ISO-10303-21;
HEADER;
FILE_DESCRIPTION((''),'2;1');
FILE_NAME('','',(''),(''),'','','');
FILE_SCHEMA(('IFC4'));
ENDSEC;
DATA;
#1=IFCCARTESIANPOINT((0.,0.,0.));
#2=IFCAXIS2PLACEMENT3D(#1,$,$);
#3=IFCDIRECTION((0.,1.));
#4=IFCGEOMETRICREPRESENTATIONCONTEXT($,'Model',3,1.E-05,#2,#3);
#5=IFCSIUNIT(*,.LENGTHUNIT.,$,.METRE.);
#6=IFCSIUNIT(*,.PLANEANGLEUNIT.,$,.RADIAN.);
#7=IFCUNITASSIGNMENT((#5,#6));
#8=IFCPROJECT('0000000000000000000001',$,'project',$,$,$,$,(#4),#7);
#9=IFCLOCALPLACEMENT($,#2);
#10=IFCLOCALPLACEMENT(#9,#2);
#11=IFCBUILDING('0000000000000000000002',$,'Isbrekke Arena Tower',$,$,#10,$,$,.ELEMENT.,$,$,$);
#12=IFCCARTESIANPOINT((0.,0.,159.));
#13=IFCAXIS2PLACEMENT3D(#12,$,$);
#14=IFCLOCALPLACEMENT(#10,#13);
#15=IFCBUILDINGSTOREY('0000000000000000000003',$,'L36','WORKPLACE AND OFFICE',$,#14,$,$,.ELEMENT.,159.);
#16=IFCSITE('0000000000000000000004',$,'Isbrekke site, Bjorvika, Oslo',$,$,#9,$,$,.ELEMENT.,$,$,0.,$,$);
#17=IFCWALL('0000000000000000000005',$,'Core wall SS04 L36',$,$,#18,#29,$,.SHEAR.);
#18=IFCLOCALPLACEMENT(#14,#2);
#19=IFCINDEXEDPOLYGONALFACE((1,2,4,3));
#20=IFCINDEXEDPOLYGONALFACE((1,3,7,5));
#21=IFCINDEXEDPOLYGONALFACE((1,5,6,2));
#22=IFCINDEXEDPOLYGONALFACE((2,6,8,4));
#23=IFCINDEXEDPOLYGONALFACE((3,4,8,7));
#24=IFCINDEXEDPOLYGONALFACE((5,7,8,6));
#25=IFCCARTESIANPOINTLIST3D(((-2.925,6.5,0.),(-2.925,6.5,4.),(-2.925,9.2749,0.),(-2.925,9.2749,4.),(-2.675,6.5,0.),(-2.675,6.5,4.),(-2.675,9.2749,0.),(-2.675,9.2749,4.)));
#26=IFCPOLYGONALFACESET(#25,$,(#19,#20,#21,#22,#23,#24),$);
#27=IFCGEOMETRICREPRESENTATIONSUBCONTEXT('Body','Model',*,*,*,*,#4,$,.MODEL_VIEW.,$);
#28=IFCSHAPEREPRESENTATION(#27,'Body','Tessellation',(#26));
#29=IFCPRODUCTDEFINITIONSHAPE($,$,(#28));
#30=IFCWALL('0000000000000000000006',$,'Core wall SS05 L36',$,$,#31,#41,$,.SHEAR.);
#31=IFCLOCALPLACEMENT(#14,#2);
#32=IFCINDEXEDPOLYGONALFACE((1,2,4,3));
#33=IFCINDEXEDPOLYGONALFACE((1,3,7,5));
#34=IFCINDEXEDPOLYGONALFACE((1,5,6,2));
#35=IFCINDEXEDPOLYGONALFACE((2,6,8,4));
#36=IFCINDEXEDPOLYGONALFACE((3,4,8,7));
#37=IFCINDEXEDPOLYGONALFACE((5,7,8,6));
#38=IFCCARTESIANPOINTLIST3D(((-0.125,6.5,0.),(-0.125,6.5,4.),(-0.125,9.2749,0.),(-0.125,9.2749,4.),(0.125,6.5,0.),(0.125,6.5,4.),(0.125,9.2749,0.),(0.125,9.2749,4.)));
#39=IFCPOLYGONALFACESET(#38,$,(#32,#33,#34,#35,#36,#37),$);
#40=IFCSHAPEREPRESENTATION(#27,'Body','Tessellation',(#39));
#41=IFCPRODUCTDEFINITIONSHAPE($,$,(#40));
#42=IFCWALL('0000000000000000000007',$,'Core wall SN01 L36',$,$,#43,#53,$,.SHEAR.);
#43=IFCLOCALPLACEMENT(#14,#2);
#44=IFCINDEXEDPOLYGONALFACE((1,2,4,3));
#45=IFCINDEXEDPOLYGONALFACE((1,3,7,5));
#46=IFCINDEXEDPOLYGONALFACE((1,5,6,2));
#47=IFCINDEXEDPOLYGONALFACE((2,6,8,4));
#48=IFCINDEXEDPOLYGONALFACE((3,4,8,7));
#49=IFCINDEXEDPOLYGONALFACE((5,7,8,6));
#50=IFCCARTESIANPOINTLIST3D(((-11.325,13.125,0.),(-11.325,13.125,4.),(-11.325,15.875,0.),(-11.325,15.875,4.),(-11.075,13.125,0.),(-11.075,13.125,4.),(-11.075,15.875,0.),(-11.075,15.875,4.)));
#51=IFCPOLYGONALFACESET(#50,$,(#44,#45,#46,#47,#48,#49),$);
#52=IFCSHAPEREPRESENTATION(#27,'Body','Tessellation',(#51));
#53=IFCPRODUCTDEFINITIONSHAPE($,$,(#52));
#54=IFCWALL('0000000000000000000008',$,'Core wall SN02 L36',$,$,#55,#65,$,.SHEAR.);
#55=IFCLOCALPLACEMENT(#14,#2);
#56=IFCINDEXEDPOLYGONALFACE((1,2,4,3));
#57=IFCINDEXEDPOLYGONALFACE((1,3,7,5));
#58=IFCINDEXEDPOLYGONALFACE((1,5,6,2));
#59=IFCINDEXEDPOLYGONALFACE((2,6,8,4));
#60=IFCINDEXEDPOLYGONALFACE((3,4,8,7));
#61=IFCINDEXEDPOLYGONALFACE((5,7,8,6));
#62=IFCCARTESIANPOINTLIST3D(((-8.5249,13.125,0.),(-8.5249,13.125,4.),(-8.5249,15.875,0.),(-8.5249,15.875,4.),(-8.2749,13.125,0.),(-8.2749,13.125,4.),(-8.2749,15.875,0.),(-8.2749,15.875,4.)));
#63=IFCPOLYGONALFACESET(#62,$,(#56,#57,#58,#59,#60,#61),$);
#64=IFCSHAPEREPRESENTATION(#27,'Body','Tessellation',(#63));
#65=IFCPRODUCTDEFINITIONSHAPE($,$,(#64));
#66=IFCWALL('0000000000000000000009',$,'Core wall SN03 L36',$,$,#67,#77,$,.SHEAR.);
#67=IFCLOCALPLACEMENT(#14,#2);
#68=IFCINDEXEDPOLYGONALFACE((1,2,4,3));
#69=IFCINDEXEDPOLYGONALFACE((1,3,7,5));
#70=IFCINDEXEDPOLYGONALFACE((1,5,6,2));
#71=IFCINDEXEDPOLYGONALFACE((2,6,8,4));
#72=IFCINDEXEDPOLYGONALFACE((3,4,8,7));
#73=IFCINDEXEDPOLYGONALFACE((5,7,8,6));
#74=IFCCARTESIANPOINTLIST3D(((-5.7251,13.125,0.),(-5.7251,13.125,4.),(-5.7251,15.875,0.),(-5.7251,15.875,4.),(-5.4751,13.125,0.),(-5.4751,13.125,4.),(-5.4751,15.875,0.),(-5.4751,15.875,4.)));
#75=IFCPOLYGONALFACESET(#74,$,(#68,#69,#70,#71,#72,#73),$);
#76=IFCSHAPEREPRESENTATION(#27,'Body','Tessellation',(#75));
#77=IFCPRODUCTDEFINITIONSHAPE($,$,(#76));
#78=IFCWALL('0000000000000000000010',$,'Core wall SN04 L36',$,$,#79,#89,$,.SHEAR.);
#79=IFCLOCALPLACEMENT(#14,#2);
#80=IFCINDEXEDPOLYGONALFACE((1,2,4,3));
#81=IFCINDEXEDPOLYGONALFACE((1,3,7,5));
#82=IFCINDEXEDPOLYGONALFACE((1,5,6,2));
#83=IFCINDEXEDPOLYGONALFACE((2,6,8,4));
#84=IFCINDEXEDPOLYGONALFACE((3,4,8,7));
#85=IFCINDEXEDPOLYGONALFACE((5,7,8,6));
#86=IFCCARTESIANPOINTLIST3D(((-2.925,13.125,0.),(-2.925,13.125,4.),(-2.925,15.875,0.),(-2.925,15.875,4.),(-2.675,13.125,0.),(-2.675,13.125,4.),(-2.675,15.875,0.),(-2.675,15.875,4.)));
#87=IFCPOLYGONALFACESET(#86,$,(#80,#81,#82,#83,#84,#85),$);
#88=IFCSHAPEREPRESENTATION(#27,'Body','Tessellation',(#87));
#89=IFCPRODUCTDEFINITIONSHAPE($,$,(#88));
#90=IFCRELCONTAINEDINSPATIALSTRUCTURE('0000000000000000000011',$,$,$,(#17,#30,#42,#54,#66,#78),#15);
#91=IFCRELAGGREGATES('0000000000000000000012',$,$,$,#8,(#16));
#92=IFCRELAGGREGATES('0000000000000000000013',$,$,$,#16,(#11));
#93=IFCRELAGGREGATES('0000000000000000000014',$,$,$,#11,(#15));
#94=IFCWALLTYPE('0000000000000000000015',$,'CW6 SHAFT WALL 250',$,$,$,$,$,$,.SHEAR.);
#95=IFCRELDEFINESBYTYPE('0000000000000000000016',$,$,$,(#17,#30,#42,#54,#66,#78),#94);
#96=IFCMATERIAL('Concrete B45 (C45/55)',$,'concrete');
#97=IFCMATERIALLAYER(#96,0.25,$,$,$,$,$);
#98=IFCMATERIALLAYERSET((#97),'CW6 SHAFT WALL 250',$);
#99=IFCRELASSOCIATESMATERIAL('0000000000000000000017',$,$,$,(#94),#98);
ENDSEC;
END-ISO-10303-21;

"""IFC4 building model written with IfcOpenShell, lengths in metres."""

from ifc_helpers import new_model, si_unit, direction, frame, frame_2d, origin, place, context, subcontext, project, spatial, rectangle, extrude, material, layer, layer_set, type_object, element, save


model = new_model("IFC4")

# Units and contexts
model_context = context("Model", 3, precision=1e-05, world=origin(), true_north=direction((0.0, 1.0)))
body_context = subcontext(model_context, "Body", "Model", "MODEL_VIEW")
ifc_project = project(units=[si_unit("LENGTHUNIT", "METRE"), si_unit("PLANEANGLEUNIT", "RADIAN")], contexts=[model_context])

# Site, building, storey
site_placement = place(None, origin())
site = spatial("IfcSite", under=ifc_project, at=site_placement, Name="Isbrekke site, Bjorvika, Oslo", CompositionType="ELEMENT", RefElevation=0.0)
building_placement = place(site_placement, origin())
building = spatial("IfcBuilding", under=site, at=building_placement, Name="Isbrekke Arena Tower", CompositionType="ELEMENT")
storey_placement = place(building_placement, frame((0.0, 0.0, 159.0)))
storey = spatial("IfcBuildingStorey", under=building, at=storey_placement, Name="L36", Description="WORKPLACE AND OFFICE", CompositionType="ELEMENT", Elevation=159.0)

# Shared definitions
ifc_material_1 = material(Name="Concrete B45 (C45/55)", Category="concrete")
ifc_layer_1 = layer(ifc_material_1, 0.25)
ifc_layer_set_1 = layer_set([ifc_layer_1], Name="CW6 SHAFT WALL 250")
wall_type_1 = type_object("IfcWallType", Name="CW6 SHAFT WALL 250", PredefinedType="SHEAR", material=ifc_layer_set_1)

# Walls
for number, where, z_axis, x_axis, name in (
    (1, (-2.8, 6.5, 0.0), (0.0, 0.0, 1.0), (0.0, 1.0, 0.0), "Core wall SS04 L36"),
    (2, (0.0, 6.5, 0.0), (0.0, 0.0, 1.0), (0.0, 1.0, 0.0), "Core wall SS05 L36"),
):
    element("IfcWall", number, at=place(storey_placement, frame(where, z_axis=z_axis, x_axis=x_axis)), inside=storey, type_object=wall_type_1, Name=name, PredefinedType="SHEAR", context=body_context, shape_type="SweptSolid", body=[
        extrude(rectangle(XDim=2.7749, YDim=0.25, at=frame_2d((1.3875, 0.0))), origin(), (0.0, 0.0, 1.0), 4.0),
    ])
for number, where, z_axis, x_axis, name in (
    (3, (-11.2, 13.125, 0.0), (0.0, 0.0, 1.0), (0.0, 1.0, 0.0), "Core wall SN01 L36"),
    (4, (-8.3999, 13.125, 0.0), (0.0, 0.0, 1.0), (0.0, 1.0, 0.0), "Core wall SN02 L36"),
    (5, (-5.6001, 13.125, 0.0), (0.0, 0.0, 1.0), (0.0, 1.0, 0.0), "Core wall SN03 L36"),
    (6, (-2.8, 13.125, 0.0), (0.0, 0.0, 1.0), (0.0, 1.0, 0.0), "Core wall SN04 L36"),
):
    element("IfcWall", number, at=place(storey_placement, frame(where, z_axis=z_axis, x_axis=x_axis)), inside=storey, type_object=wall_type_1, Name=name, PredefinedType="SHEAR", context=body_context, shape_type="SweptSolid", body=[
        extrude(rectangle(XDim=2.75, YDim=0.25, at=frame_2d((1.375, 0.0))), origin(), (0.0, 0.0, 1.0), 4.0),
    ])

save(model, "model.ifc")
